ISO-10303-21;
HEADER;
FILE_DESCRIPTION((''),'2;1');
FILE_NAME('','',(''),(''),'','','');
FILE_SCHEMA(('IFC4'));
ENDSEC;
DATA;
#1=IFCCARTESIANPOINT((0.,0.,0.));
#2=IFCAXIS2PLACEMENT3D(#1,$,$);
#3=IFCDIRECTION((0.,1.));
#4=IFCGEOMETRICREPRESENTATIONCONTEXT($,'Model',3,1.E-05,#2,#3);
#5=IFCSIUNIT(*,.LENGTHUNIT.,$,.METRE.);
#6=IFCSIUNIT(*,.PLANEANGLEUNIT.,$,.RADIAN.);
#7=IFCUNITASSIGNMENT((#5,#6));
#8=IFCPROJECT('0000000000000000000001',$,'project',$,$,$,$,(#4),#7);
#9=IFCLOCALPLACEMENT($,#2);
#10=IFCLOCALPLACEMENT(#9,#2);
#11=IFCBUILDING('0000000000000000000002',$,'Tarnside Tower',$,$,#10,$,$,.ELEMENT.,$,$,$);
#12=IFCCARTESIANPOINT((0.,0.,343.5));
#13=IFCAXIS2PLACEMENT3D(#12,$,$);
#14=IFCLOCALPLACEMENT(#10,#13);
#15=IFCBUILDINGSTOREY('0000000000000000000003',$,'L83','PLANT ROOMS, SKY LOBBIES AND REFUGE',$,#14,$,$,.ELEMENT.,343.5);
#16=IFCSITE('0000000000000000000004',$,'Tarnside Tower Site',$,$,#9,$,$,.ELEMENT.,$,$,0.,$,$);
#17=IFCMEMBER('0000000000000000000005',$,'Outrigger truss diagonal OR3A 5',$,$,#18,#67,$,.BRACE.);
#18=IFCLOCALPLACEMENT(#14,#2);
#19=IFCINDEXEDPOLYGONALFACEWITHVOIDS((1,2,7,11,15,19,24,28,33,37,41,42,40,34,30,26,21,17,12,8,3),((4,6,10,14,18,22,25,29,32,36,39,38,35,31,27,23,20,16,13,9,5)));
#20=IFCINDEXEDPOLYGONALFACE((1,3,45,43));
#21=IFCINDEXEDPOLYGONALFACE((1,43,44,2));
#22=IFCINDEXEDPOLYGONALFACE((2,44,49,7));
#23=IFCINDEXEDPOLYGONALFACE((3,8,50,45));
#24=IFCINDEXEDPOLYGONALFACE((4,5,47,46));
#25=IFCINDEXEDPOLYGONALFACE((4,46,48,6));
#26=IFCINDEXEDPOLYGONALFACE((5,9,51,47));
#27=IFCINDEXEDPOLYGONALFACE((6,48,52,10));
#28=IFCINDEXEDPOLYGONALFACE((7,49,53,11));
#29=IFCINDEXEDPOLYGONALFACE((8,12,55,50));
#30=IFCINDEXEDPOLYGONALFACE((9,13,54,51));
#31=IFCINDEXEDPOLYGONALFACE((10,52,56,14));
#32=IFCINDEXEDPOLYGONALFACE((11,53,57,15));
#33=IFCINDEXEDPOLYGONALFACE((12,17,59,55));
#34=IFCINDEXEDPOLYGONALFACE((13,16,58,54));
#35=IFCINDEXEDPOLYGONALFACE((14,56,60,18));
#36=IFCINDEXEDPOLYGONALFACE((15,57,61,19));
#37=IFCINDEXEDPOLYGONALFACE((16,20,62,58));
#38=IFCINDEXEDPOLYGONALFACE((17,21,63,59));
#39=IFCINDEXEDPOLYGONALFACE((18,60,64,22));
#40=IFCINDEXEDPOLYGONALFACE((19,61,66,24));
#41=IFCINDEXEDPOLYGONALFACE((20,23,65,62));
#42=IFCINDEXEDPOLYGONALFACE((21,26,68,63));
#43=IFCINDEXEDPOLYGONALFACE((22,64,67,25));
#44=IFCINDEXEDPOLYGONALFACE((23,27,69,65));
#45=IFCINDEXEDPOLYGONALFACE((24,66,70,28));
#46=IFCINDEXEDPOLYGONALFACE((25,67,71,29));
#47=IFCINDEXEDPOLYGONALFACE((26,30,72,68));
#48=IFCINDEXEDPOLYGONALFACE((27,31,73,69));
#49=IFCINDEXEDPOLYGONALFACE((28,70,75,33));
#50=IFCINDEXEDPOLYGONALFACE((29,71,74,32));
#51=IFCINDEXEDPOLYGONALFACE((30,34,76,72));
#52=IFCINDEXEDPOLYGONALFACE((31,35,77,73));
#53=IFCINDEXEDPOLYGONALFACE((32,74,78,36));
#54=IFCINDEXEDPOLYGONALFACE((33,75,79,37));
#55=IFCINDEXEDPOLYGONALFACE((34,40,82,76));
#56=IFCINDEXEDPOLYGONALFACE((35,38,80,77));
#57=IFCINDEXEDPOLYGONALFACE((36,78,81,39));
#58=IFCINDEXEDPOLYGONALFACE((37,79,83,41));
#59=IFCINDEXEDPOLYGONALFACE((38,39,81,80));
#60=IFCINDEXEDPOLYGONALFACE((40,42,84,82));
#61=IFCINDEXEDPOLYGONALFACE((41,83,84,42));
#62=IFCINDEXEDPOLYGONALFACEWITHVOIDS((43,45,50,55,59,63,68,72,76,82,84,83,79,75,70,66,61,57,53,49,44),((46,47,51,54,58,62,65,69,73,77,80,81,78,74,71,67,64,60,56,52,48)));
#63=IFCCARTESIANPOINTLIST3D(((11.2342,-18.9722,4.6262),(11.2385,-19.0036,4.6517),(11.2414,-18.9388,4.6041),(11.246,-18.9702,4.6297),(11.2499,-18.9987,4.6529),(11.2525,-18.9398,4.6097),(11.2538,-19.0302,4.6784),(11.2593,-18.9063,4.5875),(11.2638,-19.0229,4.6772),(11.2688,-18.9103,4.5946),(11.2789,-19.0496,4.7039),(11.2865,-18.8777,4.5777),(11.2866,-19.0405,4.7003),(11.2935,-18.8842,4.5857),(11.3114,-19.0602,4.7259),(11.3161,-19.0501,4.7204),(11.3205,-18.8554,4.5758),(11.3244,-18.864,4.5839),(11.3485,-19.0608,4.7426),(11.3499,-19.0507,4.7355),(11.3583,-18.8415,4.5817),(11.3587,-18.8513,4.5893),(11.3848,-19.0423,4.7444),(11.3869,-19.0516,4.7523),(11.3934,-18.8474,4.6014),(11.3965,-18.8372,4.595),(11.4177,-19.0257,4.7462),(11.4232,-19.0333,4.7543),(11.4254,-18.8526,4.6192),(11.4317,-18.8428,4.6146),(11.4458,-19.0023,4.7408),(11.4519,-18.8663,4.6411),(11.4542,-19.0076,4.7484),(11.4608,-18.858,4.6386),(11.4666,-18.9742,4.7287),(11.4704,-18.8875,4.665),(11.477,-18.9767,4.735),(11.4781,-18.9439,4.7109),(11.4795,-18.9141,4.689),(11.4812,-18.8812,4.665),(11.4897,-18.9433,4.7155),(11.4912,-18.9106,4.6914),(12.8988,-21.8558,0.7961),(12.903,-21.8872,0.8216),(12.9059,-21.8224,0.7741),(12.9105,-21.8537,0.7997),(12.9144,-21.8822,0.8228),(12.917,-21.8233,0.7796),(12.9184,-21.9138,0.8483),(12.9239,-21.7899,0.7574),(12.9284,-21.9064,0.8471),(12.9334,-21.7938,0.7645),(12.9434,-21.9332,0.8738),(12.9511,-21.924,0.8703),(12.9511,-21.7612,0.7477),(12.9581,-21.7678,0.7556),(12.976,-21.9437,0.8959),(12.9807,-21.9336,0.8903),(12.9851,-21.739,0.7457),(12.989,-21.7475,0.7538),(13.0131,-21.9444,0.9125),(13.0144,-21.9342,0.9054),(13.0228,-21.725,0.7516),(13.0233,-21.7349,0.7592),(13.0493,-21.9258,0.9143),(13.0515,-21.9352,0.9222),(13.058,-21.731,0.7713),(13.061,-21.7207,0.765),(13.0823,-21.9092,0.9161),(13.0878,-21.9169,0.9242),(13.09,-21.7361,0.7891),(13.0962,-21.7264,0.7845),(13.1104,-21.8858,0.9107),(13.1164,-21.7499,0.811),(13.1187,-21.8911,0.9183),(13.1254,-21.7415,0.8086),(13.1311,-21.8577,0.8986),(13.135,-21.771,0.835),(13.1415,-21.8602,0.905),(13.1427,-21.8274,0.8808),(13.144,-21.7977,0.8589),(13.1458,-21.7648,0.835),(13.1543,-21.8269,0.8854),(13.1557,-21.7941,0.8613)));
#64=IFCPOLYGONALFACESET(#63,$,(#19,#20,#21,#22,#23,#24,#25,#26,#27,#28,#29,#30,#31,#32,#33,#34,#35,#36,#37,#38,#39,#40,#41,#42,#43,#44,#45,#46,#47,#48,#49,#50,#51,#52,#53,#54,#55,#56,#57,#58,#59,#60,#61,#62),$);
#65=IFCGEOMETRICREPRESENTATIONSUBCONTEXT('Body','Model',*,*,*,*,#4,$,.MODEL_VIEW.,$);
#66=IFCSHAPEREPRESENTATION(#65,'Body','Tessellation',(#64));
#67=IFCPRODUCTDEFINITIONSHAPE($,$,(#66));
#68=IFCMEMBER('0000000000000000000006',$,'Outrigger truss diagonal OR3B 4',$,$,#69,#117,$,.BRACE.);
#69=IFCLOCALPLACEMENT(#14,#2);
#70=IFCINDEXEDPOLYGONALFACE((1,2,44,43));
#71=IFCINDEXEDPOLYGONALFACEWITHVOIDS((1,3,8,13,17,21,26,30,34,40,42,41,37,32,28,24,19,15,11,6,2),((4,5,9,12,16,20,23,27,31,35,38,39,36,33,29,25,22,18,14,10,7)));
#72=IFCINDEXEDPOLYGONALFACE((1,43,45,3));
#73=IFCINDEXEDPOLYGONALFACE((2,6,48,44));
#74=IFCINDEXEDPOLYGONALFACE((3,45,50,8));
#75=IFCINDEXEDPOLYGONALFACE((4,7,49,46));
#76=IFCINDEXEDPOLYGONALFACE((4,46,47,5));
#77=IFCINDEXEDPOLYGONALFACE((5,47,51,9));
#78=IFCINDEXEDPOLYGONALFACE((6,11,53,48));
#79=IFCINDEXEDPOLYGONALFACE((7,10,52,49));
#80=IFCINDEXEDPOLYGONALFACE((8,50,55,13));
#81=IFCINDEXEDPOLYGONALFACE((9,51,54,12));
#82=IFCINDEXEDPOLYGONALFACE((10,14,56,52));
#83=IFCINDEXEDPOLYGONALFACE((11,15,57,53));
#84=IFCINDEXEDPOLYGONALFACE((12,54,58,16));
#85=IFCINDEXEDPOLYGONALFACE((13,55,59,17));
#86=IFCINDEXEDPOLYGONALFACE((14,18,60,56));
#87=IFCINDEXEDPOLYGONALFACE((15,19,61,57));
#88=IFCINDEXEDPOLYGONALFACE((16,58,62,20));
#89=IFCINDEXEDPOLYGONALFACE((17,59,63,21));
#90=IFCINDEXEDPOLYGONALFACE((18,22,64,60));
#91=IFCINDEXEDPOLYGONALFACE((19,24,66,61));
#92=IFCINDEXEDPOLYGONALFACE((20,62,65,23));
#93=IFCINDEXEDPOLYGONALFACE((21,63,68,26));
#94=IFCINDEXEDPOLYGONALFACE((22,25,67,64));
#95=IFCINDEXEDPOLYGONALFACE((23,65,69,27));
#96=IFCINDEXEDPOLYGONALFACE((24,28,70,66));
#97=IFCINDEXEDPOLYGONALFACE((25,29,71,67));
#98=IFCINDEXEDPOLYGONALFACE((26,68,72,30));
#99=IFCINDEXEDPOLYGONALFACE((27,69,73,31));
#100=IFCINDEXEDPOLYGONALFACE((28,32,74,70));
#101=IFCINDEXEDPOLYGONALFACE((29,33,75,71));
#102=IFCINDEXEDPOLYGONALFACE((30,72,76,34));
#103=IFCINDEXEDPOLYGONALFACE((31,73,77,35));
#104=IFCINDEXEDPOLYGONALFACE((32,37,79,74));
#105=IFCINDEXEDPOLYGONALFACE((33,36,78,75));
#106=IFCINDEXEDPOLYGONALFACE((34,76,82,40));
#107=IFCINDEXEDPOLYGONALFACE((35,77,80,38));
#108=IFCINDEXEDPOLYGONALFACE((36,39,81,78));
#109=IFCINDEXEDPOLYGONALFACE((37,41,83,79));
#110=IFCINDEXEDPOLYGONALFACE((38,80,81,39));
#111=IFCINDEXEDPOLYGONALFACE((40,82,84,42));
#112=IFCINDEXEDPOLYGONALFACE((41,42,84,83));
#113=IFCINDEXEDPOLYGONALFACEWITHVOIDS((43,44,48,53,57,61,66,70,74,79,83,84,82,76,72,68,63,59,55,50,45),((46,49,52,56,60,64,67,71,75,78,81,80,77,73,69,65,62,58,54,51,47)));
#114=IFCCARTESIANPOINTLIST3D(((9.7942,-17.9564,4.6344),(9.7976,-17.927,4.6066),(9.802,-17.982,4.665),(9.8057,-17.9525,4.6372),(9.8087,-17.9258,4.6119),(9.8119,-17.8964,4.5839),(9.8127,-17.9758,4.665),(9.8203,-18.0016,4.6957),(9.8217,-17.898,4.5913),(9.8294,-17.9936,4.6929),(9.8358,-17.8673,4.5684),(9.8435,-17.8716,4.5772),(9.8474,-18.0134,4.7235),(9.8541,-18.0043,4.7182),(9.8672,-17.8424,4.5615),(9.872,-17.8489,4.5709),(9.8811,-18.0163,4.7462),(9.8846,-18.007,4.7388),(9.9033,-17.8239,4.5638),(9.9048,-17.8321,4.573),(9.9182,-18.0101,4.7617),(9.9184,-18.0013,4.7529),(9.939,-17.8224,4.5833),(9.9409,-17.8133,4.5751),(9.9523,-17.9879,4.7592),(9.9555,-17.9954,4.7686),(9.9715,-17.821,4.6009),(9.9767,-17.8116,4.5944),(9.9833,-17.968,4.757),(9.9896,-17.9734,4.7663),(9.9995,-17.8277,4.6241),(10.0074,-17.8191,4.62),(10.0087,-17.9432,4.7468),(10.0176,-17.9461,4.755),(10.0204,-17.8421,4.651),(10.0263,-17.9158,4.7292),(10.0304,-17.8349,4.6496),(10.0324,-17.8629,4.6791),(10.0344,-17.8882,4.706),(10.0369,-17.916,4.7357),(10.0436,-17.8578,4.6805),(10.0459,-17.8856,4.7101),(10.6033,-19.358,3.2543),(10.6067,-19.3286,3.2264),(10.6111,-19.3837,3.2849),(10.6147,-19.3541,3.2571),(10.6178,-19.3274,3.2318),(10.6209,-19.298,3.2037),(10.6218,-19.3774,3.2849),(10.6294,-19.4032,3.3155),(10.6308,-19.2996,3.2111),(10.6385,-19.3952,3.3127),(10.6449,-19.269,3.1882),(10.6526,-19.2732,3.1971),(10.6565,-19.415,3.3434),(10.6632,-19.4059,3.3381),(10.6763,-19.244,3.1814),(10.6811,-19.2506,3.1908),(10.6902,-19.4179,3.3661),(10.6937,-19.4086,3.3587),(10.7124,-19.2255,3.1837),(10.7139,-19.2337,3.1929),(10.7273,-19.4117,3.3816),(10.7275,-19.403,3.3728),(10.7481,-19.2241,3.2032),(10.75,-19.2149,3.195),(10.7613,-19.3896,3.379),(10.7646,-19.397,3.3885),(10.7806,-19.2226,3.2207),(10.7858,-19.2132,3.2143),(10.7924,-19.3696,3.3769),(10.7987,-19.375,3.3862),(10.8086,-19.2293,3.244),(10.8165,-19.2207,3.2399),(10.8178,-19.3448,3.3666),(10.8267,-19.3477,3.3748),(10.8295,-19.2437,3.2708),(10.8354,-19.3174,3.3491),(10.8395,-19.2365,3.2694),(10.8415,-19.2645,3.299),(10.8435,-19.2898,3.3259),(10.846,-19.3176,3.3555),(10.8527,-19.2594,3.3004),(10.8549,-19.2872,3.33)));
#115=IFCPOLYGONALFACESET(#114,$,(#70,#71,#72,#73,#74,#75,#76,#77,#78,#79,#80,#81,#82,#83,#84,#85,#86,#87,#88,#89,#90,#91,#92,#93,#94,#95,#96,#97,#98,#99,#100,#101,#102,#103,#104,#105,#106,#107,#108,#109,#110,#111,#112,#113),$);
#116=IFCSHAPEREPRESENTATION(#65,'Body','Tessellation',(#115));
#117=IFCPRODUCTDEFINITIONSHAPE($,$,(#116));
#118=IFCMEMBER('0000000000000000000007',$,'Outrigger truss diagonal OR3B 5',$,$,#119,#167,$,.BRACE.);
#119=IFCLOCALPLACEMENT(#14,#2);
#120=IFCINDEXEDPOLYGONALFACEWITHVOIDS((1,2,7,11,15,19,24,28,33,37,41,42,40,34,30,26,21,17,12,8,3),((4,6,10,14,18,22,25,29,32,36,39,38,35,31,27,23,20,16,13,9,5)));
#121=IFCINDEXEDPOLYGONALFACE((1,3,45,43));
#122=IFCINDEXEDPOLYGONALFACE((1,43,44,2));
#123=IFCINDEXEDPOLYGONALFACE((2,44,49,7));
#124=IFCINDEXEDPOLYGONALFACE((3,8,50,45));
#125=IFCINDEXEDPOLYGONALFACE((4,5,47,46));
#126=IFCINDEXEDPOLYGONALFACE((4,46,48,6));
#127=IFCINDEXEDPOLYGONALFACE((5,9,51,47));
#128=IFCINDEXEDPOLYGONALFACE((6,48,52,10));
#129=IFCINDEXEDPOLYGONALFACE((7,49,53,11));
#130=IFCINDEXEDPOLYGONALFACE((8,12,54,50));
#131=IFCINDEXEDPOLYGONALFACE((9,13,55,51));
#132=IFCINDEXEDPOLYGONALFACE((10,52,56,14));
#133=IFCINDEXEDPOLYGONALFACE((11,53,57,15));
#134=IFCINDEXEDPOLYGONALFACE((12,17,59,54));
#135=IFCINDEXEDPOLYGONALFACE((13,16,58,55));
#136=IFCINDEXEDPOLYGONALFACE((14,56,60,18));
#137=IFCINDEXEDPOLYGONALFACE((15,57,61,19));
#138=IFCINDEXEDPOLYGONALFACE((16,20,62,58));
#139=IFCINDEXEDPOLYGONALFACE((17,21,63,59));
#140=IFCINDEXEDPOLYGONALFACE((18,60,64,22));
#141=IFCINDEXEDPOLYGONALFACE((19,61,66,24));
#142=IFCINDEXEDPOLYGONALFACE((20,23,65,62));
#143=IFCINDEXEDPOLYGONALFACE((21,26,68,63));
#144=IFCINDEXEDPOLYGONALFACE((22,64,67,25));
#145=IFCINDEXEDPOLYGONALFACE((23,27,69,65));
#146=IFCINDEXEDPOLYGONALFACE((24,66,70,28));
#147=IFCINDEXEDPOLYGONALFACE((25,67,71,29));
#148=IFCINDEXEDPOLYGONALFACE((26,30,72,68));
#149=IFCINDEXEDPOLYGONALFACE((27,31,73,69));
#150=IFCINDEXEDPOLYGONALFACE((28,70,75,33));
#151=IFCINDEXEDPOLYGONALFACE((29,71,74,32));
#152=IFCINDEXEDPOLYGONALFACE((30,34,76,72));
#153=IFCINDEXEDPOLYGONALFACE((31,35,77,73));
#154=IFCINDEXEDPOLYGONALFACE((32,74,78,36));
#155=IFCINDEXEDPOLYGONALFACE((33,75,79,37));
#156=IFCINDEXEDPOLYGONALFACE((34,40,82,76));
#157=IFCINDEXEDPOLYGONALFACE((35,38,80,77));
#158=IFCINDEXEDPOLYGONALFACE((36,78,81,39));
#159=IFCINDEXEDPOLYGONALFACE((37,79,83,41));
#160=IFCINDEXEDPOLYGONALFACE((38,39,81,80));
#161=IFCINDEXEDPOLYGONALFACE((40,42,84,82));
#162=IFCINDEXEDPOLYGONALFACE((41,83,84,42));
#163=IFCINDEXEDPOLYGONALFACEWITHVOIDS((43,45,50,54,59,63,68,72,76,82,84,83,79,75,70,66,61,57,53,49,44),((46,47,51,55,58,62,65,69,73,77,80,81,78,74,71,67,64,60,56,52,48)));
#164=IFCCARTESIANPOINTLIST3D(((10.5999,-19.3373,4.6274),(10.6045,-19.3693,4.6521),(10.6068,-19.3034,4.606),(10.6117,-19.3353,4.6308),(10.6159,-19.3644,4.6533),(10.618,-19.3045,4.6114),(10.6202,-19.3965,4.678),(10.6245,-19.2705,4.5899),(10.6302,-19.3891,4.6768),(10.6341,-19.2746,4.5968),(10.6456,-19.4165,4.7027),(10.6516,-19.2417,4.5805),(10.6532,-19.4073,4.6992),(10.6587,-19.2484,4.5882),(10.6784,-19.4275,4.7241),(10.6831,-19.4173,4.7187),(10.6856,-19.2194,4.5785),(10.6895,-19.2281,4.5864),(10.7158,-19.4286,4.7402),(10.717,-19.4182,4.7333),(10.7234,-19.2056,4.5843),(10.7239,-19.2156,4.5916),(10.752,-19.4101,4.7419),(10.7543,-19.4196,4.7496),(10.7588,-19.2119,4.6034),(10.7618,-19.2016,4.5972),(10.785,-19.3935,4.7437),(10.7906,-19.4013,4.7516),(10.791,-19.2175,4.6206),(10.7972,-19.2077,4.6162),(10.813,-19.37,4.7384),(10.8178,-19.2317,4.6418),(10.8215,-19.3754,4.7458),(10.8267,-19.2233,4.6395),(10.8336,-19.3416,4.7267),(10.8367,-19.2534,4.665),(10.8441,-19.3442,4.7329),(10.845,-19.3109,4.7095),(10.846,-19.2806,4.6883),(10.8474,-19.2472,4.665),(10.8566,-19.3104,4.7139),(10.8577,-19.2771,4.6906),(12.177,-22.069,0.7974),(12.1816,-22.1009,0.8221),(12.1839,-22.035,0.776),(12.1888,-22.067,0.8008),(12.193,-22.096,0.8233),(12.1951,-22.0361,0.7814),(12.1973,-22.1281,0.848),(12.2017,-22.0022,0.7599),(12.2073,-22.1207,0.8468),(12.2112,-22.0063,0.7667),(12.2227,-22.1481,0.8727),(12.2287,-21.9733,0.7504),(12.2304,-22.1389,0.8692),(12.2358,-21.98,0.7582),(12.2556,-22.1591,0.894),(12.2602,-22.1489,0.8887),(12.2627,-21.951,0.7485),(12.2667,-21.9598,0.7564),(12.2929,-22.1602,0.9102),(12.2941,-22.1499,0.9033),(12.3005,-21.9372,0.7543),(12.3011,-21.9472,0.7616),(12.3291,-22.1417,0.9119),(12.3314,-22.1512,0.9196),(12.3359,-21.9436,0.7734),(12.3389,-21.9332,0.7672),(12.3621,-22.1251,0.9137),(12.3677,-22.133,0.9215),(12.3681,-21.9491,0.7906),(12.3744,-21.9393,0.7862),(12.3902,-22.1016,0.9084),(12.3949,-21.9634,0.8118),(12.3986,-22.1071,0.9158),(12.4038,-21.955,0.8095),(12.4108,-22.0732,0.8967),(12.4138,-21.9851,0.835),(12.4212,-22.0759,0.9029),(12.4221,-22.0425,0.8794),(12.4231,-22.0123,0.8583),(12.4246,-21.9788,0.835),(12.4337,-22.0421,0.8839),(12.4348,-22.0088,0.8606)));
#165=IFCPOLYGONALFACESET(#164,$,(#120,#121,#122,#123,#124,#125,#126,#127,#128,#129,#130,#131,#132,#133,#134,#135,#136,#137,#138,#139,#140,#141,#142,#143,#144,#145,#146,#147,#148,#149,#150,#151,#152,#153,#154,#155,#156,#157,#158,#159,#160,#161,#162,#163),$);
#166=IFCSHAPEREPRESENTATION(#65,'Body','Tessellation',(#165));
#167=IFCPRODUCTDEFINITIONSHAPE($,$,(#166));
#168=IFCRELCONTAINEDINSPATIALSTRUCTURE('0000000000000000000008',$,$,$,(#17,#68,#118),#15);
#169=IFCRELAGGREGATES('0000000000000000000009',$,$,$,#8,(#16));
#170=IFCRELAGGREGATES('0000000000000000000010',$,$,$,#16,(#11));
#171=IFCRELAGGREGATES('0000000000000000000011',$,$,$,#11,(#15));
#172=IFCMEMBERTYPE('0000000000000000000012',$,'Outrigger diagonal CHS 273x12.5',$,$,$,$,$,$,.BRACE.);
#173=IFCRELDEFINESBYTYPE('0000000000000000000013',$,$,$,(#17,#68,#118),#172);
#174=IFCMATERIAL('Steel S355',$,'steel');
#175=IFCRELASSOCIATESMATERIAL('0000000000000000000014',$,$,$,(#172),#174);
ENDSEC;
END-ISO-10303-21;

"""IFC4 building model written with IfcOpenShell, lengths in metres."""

from ifc_helpers import new_model, si_unit, direction, frame, origin, origin_2d, place, context, subcontext, project, spatial, hollow_circle, extrude, material, material_profile, profile_set, type_object, element, save


model = new_model("IFC4")

# Units and contexts
model_context = context("Model", 3, precision=1e-05, world=origin(), true_north=direction((0.0, 1.0)))
body_context = subcontext(model_context, "Body", "Model", "MODEL_VIEW")
ifc_project = project(units=[si_unit("LENGTHUNIT", "METRE"), si_unit("PLANEANGLEUNIT", "RADIAN")], contexts=[model_context])

# Site, building, storey
site_placement = place(None, origin())
site = spatial("IfcSite", under=ifc_project, at=site_placement, Name="Tarnside Tower Site", CompositionType="ELEMENT", RefElevation=0.0)
building_placement = place(site_placement, origin())
building = spatial("IfcBuilding", under=site, at=building_placement, Name="Tarnside Tower", CompositionType="ELEMENT")
storey_placement = place(building_placement, frame((0.0, 0.0, 343.5)))
storey = spatial("IfcBuildingStorey", under=building, at=storey_placement, Name="L83", Description="PLANT ROOMS, SKY LOBBIES AND REFUGE", CompositionType="ELEMENT", Elevation=343.5)

# Members
ifc_material_1 = material(Name="Steel S355", Category="steel")
ifc_material_profile_1 = material_profile(ifc_material_1, hollow_circle(Radius=0.1365, WallThickness=0.0125, at=origin_2d()), Name="CHS 273x12.5")
ifc_profile_set_1 = profile_set([ifc_material_profile_1], Name="Steel S355")
member_type_1 = type_object("IfcMemberType", Name="Outrigger diagonal CHS 273x12.5", PredefinedType="BRACE", material=ifc_profile_set_1)
member_1_placement = place(storey_placement, frame((11.363, -18.9495, 4.665), z_axis=(0.327994, -0.568192, -0.754703), x_axis=(0.86606, 0.49994, 0.0)))
element("IfcMember", 1, at=member_1_placement, inside=storey, type_object=member_type_1, Name="Outrigger truss diagonal OR3A 5", PredefinedType="BRACE", context=body_context, shape_type="SweptSolid", body=[
    extrude(hollow_circle(Radius=0.1365, WallThickness=0.0125, at=origin_2d()), origin(), (0.0, 0.0, 1.0), 5.075),
])
member_2_placement = place(storey_placement, frame((10.7292, -19.3154, 3.2849), z_axis=(-0.380397, 0.65898, 0.648879), x_axis=(-0.866062, -0.499936, 0.0)))
element("IfcMember", 2, at=member_2_placement, inside=storey, type_object=member_type_1, Name="Outrigger truss diagonal OR3B 4", PredefinedType="BRACE", context=body_context, shape_type="SweptSolid", body=[
    extrude(hollow_circle(Radius=0.1365, WallThickness=0.0125, at=origin_2d()), origin(), (0.0, 0.0, 1.0), 2.127),
])
member_3_placement = place(storey_placement, frame((10.7292, -19.3154, 4.665), z_axis=(0.317861, -0.550549, -0.77192), x_axis=(0.866024, 0.500002, 0.0)))
element("IfcMember", 3, at=member_3_placement, inside=storey, type_object=member_type_1, Name="Outrigger truss diagonal OR3B 5", PredefinedType="BRACE", context=body_context, shape_type="SweptSolid", body=[
    extrude(hollow_circle(Radius=0.1365, WallThickness=0.0125, at=origin_2d()), origin(), (0.0, 0.0, 1.0), 4.9617),
])

save(model, "model.ifc")
